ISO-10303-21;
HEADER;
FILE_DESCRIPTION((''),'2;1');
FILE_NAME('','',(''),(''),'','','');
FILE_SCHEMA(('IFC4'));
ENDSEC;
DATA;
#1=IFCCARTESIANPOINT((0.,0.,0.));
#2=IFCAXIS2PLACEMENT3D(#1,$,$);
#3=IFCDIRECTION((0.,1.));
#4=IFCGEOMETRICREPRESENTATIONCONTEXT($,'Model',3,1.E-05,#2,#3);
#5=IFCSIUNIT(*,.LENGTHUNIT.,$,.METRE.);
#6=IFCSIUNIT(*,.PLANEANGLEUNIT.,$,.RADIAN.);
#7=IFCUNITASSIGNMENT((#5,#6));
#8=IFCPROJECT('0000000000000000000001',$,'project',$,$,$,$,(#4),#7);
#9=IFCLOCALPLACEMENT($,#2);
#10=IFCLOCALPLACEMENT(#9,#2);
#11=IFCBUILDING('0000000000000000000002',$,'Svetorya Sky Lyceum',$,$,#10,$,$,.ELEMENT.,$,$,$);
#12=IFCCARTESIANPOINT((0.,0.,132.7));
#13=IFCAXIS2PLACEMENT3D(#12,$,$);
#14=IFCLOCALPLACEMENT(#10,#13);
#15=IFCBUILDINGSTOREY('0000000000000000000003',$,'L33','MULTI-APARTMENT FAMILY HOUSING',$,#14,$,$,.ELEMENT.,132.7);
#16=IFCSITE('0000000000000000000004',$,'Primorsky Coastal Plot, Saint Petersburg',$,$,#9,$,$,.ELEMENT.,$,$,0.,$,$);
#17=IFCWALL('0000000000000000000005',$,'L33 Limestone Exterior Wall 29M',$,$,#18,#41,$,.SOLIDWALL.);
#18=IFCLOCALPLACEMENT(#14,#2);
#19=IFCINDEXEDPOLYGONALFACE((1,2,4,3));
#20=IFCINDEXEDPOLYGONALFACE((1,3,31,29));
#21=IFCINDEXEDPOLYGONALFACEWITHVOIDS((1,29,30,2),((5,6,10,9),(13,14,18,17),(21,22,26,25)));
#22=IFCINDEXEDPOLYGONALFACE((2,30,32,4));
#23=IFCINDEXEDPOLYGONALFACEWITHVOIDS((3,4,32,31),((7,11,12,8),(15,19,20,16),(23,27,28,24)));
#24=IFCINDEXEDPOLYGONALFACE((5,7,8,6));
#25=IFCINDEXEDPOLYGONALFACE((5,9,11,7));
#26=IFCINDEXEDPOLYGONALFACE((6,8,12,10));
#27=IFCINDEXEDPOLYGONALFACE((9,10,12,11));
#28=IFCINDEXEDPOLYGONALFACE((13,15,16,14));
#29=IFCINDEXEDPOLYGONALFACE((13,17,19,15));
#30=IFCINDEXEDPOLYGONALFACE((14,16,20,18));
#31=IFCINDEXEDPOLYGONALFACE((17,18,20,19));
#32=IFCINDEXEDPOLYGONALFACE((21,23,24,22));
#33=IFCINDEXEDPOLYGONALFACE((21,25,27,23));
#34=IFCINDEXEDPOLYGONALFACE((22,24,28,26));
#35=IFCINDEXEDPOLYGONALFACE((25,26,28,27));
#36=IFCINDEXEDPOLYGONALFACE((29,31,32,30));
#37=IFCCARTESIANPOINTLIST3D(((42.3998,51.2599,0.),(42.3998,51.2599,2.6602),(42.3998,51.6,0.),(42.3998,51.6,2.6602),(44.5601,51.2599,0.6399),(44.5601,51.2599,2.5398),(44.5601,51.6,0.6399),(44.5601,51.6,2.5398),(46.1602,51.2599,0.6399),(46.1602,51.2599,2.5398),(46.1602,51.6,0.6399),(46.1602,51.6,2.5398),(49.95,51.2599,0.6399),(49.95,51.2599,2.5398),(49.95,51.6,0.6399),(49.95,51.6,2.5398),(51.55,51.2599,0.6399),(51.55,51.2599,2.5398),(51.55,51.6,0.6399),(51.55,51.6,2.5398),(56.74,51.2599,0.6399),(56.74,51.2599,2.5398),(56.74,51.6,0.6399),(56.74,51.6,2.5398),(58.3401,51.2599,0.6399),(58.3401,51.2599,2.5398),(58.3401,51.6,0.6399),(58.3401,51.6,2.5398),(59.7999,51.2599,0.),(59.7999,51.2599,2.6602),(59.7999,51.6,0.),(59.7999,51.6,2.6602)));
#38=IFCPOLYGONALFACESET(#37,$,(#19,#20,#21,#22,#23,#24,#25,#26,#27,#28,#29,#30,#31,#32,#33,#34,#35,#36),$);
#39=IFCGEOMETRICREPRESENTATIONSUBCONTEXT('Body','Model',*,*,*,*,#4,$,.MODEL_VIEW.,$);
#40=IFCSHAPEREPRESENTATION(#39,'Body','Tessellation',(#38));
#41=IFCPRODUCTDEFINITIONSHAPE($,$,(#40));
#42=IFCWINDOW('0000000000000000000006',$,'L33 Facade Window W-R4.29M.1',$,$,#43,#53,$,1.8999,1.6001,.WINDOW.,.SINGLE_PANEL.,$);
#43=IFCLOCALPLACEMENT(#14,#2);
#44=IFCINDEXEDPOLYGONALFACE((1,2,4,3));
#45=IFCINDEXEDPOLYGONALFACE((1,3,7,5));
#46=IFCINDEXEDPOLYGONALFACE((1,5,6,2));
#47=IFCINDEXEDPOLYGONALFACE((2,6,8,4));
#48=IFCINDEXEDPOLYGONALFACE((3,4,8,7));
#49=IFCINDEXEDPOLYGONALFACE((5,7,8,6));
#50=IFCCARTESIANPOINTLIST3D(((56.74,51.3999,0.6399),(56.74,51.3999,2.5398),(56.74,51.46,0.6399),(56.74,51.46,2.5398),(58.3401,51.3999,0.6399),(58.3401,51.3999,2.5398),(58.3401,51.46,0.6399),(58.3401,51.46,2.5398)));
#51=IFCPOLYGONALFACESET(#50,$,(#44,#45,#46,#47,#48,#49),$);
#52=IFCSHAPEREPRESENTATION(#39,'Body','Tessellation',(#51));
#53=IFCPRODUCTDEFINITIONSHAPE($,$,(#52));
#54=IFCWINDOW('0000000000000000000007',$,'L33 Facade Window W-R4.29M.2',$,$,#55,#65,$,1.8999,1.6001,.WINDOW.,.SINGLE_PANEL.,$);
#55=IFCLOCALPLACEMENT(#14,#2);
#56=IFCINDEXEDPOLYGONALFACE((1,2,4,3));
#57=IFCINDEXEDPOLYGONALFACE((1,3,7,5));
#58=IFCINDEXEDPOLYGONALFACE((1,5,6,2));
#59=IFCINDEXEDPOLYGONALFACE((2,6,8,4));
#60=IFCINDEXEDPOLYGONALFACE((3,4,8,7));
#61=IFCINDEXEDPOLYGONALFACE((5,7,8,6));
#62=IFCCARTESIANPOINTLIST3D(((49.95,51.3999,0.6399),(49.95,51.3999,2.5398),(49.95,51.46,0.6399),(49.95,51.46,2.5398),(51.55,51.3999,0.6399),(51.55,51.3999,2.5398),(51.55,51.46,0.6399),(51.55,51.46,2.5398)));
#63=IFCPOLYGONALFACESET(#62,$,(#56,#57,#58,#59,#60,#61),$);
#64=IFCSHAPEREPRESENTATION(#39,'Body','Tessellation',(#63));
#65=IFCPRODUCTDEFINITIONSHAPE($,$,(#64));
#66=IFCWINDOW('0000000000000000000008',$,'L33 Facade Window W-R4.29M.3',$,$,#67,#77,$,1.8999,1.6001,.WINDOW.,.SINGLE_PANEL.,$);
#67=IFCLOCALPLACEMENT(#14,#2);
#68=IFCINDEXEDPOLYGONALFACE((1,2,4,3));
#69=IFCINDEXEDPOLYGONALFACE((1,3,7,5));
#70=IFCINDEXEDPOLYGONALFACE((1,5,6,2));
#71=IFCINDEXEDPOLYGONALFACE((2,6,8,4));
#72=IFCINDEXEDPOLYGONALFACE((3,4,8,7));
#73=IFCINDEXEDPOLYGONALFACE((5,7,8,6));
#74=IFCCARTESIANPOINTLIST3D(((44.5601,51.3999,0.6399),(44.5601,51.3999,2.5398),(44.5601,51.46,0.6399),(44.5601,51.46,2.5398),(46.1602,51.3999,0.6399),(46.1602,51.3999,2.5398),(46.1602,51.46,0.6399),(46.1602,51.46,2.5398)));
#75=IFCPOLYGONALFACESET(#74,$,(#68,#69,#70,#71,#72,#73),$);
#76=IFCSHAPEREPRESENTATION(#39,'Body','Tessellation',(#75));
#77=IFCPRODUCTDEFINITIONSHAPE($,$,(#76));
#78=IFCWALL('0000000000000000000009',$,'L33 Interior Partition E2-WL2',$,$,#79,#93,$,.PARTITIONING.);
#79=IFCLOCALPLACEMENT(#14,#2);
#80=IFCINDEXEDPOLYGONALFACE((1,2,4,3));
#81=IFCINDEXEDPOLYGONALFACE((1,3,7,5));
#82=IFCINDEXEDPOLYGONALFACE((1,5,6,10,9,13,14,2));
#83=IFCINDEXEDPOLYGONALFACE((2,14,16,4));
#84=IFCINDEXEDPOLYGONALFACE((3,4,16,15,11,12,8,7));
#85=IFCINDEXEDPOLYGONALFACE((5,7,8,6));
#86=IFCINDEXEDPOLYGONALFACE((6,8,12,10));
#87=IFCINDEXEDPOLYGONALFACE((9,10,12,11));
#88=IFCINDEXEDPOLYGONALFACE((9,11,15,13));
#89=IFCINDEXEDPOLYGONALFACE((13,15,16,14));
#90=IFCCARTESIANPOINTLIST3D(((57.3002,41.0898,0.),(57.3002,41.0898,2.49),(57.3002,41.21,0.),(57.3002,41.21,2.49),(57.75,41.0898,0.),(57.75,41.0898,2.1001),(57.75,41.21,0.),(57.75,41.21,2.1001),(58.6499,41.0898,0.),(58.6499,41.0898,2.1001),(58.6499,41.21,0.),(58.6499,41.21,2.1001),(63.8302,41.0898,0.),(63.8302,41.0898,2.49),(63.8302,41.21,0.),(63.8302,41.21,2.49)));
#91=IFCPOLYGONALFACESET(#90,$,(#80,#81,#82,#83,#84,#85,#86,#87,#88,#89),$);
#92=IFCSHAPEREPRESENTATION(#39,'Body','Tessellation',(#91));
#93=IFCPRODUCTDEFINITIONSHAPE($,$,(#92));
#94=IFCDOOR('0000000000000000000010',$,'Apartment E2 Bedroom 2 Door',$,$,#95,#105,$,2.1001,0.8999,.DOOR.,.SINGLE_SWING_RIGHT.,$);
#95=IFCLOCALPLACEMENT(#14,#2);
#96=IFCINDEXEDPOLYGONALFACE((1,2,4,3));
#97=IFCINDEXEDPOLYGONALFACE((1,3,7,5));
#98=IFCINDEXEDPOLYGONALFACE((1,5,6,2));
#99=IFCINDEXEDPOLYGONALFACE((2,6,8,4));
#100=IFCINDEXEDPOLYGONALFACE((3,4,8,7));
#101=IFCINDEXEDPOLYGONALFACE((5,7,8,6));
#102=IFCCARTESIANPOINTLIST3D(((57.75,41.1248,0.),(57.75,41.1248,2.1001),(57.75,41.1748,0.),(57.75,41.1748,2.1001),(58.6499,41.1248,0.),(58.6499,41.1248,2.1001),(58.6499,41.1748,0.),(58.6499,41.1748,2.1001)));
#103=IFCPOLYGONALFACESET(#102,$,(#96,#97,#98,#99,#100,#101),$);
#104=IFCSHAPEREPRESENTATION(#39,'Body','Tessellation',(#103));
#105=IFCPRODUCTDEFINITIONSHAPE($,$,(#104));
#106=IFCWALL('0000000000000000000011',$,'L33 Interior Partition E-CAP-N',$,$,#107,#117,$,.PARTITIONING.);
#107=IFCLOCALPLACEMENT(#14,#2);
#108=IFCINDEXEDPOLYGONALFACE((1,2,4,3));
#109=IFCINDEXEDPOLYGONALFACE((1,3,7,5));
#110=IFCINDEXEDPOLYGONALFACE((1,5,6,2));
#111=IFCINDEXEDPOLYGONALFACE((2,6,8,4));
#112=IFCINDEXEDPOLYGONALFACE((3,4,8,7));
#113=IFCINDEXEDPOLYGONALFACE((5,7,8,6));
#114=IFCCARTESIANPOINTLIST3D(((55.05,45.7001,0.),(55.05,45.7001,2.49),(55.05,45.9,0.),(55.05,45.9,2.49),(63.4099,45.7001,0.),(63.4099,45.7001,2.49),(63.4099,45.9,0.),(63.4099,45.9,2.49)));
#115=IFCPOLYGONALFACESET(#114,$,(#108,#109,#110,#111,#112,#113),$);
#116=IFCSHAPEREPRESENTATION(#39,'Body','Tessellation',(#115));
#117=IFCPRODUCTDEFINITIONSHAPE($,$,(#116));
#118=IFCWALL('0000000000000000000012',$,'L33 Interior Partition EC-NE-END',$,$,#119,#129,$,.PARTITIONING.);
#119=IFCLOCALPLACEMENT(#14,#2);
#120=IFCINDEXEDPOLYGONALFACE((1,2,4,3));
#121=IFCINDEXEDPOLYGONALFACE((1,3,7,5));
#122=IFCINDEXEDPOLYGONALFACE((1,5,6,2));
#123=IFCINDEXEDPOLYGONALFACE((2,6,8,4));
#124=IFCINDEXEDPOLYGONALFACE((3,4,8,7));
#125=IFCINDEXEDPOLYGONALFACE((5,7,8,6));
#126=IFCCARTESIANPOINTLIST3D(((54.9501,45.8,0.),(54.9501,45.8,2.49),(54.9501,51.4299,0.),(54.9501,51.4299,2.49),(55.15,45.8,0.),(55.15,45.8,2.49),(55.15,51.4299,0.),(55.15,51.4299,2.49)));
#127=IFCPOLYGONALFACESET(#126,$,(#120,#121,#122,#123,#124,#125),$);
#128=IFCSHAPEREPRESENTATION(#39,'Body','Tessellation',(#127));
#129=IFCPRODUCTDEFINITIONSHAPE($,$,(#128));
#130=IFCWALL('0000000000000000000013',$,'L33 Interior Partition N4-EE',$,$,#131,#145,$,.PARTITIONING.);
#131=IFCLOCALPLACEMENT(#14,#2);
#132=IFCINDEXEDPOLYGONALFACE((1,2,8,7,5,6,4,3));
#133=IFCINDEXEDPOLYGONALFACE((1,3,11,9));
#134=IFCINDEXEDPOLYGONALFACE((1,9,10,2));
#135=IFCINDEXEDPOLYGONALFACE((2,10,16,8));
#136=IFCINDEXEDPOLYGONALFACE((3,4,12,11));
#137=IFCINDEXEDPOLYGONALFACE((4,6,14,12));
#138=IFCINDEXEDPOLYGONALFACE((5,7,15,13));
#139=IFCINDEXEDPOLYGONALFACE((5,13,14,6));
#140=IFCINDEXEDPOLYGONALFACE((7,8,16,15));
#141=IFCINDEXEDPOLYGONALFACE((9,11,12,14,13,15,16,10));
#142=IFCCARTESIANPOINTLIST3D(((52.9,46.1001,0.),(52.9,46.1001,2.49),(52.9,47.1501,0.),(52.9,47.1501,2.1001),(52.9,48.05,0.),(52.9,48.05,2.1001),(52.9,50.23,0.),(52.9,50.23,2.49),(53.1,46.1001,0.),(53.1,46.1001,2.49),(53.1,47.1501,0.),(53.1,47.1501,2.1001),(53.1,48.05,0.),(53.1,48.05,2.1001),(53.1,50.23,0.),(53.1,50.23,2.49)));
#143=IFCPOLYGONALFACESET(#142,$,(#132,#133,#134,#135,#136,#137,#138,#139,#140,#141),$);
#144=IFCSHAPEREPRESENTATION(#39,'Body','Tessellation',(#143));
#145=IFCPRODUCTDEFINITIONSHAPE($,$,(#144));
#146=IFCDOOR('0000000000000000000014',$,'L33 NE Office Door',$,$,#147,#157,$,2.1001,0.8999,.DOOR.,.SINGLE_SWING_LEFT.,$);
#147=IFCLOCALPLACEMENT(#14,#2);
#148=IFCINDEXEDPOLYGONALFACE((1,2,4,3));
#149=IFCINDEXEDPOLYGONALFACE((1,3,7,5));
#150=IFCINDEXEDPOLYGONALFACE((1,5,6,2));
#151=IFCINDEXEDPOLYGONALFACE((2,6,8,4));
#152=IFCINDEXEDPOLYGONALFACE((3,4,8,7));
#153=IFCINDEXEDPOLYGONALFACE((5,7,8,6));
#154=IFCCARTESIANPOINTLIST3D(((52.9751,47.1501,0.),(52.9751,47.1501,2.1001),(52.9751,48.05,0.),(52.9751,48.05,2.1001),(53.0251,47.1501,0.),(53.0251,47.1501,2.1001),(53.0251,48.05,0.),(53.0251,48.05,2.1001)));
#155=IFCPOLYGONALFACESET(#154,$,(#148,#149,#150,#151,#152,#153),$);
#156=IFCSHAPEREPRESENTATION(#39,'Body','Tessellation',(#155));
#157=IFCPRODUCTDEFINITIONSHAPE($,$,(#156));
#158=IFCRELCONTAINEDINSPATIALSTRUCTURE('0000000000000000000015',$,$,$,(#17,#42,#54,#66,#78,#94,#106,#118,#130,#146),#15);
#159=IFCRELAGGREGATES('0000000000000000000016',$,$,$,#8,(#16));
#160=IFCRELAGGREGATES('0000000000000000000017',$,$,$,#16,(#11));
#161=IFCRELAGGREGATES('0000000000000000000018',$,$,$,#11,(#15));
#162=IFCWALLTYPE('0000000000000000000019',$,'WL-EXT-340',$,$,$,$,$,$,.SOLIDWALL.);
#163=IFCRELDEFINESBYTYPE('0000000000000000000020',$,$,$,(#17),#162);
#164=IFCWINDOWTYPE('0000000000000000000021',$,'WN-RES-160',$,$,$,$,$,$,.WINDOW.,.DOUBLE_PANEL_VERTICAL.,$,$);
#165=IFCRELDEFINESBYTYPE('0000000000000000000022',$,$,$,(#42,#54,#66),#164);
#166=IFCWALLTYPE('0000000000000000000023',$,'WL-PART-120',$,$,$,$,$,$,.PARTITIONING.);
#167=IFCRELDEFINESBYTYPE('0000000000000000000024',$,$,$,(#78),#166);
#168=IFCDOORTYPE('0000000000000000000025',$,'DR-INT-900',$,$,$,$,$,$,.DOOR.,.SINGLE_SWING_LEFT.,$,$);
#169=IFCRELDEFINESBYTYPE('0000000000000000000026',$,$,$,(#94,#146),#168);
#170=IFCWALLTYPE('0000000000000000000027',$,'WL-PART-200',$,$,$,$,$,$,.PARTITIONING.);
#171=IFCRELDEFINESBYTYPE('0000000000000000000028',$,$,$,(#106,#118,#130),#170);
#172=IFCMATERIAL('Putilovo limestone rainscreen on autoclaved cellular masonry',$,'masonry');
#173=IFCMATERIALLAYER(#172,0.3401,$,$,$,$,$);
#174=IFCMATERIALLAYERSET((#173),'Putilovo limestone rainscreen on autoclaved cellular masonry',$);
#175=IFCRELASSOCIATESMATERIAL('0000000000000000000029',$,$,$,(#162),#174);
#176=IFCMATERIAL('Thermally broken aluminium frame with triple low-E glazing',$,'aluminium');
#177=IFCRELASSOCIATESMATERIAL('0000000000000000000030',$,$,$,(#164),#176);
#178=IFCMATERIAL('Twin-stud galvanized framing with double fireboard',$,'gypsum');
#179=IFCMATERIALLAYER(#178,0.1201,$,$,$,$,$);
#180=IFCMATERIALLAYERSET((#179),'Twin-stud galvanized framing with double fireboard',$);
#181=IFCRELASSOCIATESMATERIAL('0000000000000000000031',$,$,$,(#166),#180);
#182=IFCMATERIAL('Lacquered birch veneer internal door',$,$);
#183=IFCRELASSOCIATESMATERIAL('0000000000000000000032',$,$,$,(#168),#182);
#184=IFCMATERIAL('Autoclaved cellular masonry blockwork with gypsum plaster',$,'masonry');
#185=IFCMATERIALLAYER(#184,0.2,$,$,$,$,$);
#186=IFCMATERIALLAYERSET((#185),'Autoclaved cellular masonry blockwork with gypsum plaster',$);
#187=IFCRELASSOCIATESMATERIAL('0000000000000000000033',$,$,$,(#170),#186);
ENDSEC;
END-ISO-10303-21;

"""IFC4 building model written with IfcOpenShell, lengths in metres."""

from ifc_helpers import new_model, si_unit, direction, frame, frame_2d, origin, place, context, subcontext, project, spatial, rectangle, extrude, material, layer, layer_set, type_object, element, fill, save


model = new_model("IFC4")

# Units and contexts
model_context = context("Model", 3, precision=1e-05, world=origin(), true_north=direction((0.0, 1.0)))
body_context = subcontext(model_context, "Body", "Model", "MODEL_VIEW")
ifc_project = project(units=[si_unit("LENGTHUNIT", "METRE"), si_unit("PLANEANGLEUNIT", "RADIAN")], contexts=[model_context])

# Site, building, storey
site_placement = place(None, origin())
site = spatial("IfcSite", under=ifc_project, at=site_placement, Name="Primorsky Coastal Plot, Saint Petersburg", CompositionType="ELEMENT", RefElevation=0.0)
building_placement = place(site_placement, origin())
building = spatial("IfcBuilding", under=site, at=building_placement, Name="Svetorya Sky Lyceum", CompositionType="ELEMENT")
storey_placement = place(building_placement, frame((0.0, 0.0, 132.7)))
storey = spatial("IfcBuildingStorey", under=building, at=storey_placement, Name="L33", Description="MULTI-APARTMENT FAMILY HOUSING", CompositionType="ELEMENT", Elevation=132.7)

# Shared definitions
ifc_material_1 = material(Name="Putilovo limestone rainscreen on autoclaved cellular masonry", Category="masonry")
ifc_layer_1 = layer(ifc_material_1, 0.3401)
ifc_layer_set_1 = layer_set([ifc_layer_1], Name="Putilovo limestone rainscreen on autoclaved cellular masonry")
wall_type_1 = type_object("IfcWallType", Name="WL-EXT-340", PredefinedType="SOLIDWALL", material=ifc_layer_set_1)

# Wall, openings, windows
wall_1_placement = place(storey_placement, frame((59.8, 51.4299, 0.0), z_axis=(0.0, 0.0, 1.0), x_axis=(-1.0, 0.0, 0.0)))
wall_1 = element("IfcWall", 1, at=wall_1_placement, inside=storey, type_object=wall_type_1, Name="L33 Limestone Exterior Wall 29M", PredefinedType="SOLIDWALL", context=body_context, shape_type="SweptSolid", body=[
    extrude(rectangle(XDim=17.4001, YDim=0.3401, at=frame_2d((8.7002, 0.0))), origin(), (0.0, 0.0, 1.0), 2.6602),
])
opening_1_placement = place(wall_1_placement, frame((1.46, 0.0, 0.6399)))
opening_1 = element("IfcOpeningElement", 2, at=opening_1_placement, cuts=wall_1, PredefinedType="OPENING", context=body_context, shape_type="SweptSolid", body=[
    extrude(rectangle(XDim=1.6001, YDim=1.8999, at=frame_2d((0.8, 0.95))), frame((0.0, 0.1799, 0.0), z_axis=(0.0, -1.0, 0.0), x_axis=(1.0, 0.0, 0.0)), (0.0, 0.0, 1.0), 0.3601),
])
opening_2_placement = place(wall_1_placement, frame((8.25, 0.0, 0.6399)))
opening_2 = element("IfcOpeningElement", 3, at=opening_2_placement, cuts=wall_1, PredefinedType="OPENING", context=body_context, shape_type="SweptSolid", body=[
    extrude(rectangle(XDim=1.6001, YDim=1.8999, at=frame_2d((0.8, 0.95))), frame((0.0, 0.1799, 0.0), z_axis=(0.0, -1.0, 0.0), x_axis=(1.0, 0.0, 0.0)), (0.0, 0.0, 1.0), 0.3601),
])
opening_3_placement = place(wall_1_placement, frame((13.6399, 0.0, 0.6399)))
opening_3 = element("IfcOpeningElement", 4, at=opening_3_placement, cuts=wall_1, PredefinedType="OPENING", context=body_context, shape_type="SweptSolid", body=[
    extrude(rectangle(XDim=1.6001, YDim=1.8999, at=frame_2d((0.8, 0.95))), frame((0.0, 0.1799, 0.0), z_axis=(0.0, -1.0, 0.0), x_axis=(1.0, 0.0, 0.0)), (0.0, 0.0, 1.0), 0.3601),
])
ifc_material_2 = material(Name="Thermally broken aluminium frame with triple low-E glazing", Category="aluminium")
window_type = type_object("IfcWindowType", Name="WN-RES-160", PartitioningType="DOUBLE_PANEL_VERTICAL", PredefinedType="WINDOW", material=ifc_material_2)
window_1_placement = place(opening_1_placement, origin())
window_1 = element("IfcWindow", 5, at=window_1_placement, inside=storey, type_object=window_type, Name="L33 Facade Window W-R4.29M.1", OverallHeight=1.8999, OverallWidth=1.6001, PartitioningType="SINGLE_PANEL", PredefinedType="WINDOW", context=body_context, shape_type="SweptSolid", body=[
    extrude(rectangle(XDim=1.6001, YDim=1.8999, at=frame_2d((0.8, 0.95))), frame((0.0, 0.03, 0.0), z_axis=(0.0, -1.0, 0.0), x_axis=(1.0, 0.0, 0.0)), (0.0, 0.0, 1.0), 0.0601),
])
fill(opening_1, window_1)
window_2_placement = place(opening_2_placement, origin())
window_2 = element("IfcWindow", 6, at=window_2_placement, inside=storey, type_object=window_type, Name="L33 Facade Window W-R4.29M.2", OverallHeight=1.8999, OverallWidth=1.6001, PartitioningType="SINGLE_PANEL", PredefinedType="WINDOW", context=body_context, shape_type="SweptSolid", body=[
    extrude(rectangle(XDim=1.6001, YDim=1.8999, at=frame_2d((0.8, 0.95))), frame((0.0, 0.03, 0.0), z_axis=(0.0, -1.0, 0.0), x_axis=(1.0, 0.0, 0.0)), (0.0, 0.0, 1.0), 0.0601),
])
fill(opening_2, window_2)
window_3_placement = place(opening_3_placement, origin())
window_3 = element("IfcWindow", 7, at=window_3_placement, inside=storey, type_object=window_type, Name="L33 Facade Window W-R4.29M.3", OverallHeight=1.8999, OverallWidth=1.6001, PartitioningType="SINGLE_PANEL", PredefinedType="WINDOW", context=body_context, shape_type="SweptSolid", body=[
    extrude(rectangle(XDim=1.6001, YDim=1.8999, at=frame_2d((0.8, 0.95))), frame((0.0, 0.03, 0.0), z_axis=(0.0, -1.0, 0.0), x_axis=(1.0, 0.0, 0.0)), (0.0, 0.0, 1.0), 0.0601),
])
fill(opening_3, window_3)

# Wall, opening, door
ifc_material_3 = material(Name="Twin-stud galvanized framing with double fireboard", Category="gypsum")
ifc_layer_2 = layer(ifc_material_3, 0.1201)
ifc_layer_set_2 = layer_set([ifc_layer_2], Name="Twin-stud galvanized framing with double fireboard")
wall_type_2 = type_object("IfcWallType", Name="WL-PART-120", PredefinedType="PARTITIONING", material=ifc_layer_set_2)
wall_2_placement = place(storey_placement, frame((57.3, 41.1499, 0.0), z_axis=(0.0, 0.0, 1.0), x_axis=(1.0, 0.0, 0.0)))
wall_2 = element("IfcWall", 8, at=wall_2_placement, inside=storey, type_object=wall_type_2, Name="L33 Interior Partition E2-WL2", PredefinedType="PARTITIONING", context=body_context, shape_type="SweptSolid", body=[
    extrude(rectangle(XDim=6.53, YDim=0.1201, at=frame_2d((3.2651, 0.0))), origin(), (0.0, 0.0, 1.0), 2.49),
])
opening_4_placement = place(wall_2_placement, frame((0.45, 0.0, 0.0)))
opening_4 = element("IfcOpeningElement", 9, at=opening_4_placement, cuts=wall_2, PredefinedType="OPENING", context=body_context, shape_type="SweptSolid", body=[
    extrude(rectangle(XDim=0.8999, YDim=2.1001, at=frame_2d((0.45, 1.05))), frame((0.0, 0.0701, 0.0), z_axis=(0.0, -1.0, 0.0), x_axis=(1.0, 0.0, 0.0)), (0.0, 0.0, 1.0), 0.1401),
])
ifc_material_4 = material(Name="Lacquered birch veneer internal door")
door_type = type_object("IfcDoorType", Name="DR-INT-900", OperationType="SINGLE_SWING_LEFT", PredefinedType="DOOR", material=ifc_material_4)
door_1_placement = place(opening_4_placement, origin())
door_1 = element("IfcDoor", 10, at=door_1_placement, inside=storey, type_object=door_type, Name="Apartment E2 Bedroom 2 Door", OperationType="SINGLE_SWING_RIGHT", OverallHeight=2.1001, OverallWidth=0.8999, PredefinedType="DOOR", context=body_context, shape_type="SweptSolid", body=[
    extrude(rectangle(XDim=0.8999, YDim=2.1001, at=frame_2d((0.45, 1.05))), frame((0.0, 0.0249, 0.0), z_axis=(0.0, -1.0, 0.0), x_axis=(1.0, 0.0, 0.0)), (0.0, 0.0, 1.0), 0.05),
])
fill(opening_4, door_1)

# Walls
ifc_material_5 = material(Name="Autoclaved cellular masonry blockwork with gypsum plaster", Category="masonry")
ifc_layer_3 = layer(ifc_material_5, 0.2)
ifc_layer_set_3 = layer_set([ifc_layer_3], Name="Autoclaved cellular masonry blockwork with gypsum plaster")
wall_type_3 = type_object("IfcWallType", Name="WL-PART-200", PredefinedType="PARTITIONING", material=ifc_layer_set_3)
wall_3_placement = place(storey_placement, frame((55.05, 45.8, 0.0), z_axis=(0.0, 0.0, 1.0), x_axis=(1.0, 0.0, 0.0)))
element("IfcWall", 11, at=wall_3_placement, inside=storey, type_object=wall_type_3, Name="L33 Interior Partition E-CAP-N", PredefinedType="PARTITIONING", context=body_context, shape_type="SweptSolid", body=[
    extrude(rectangle(XDim=8.3599, YDim=0.2, at=frame_2d((4.1799, 0.0))), origin(), (0.0, 0.0, 1.0), 2.49),
])
wall_4_placement = place(storey_placement, frame((55.05, 45.8, 0.0), z_axis=(0.0, 0.0, 1.0), x_axis=(0.0, 1.0, 0.0)))
element("IfcWall", 12, at=wall_4_placement, inside=storey, type_object=wall_type_3, Name="L33 Interior Partition EC-NE-END", PredefinedType="PARTITIONING", context=body_context, shape_type="SweptSolid", body=[
    extrude(rectangle(XDim=5.6299, YDim=0.2, at=frame_2d((2.8149, 0.0))), origin(), (0.0, 0.0, 1.0), 2.49),
])

# Wall, opening, door
wall_5_placement = place(storey_placement, frame((53.0, 46.1001, 0.0), z_axis=(0.0, 0.0, 1.0), x_axis=(0.0, 1.0, 0.0)))
wall_5 = element("IfcWall", 13, at=wall_5_placement, inside=storey, type_object=wall_type_3, Name="L33 Interior Partition N4-EE", PredefinedType="PARTITIONING", context=body_context, shape_type="SweptSolid", body=[
    extrude(rectangle(XDim=4.1299, YDim=0.2, at=frame_2d((2.0649, 0.0))), origin(), (0.0, 0.0, 1.0), 2.49),
])
opening_5_placement = place(wall_5_placement, frame((1.05, 0.0, 0.0)))
opening_5 = element("IfcOpeningElement", 14, at=opening_5_placement, cuts=wall_5, PredefinedType="OPENING", context=body_context, shape_type="SweptSolid", body=[
    extrude(rectangle(XDim=0.8999, YDim=2.1001, at=frame_2d((0.45, 1.05))), frame((0.0, 0.1099, 0.0), z_axis=(0.0, -1.0, 0.0), x_axis=(1.0, 0.0, 0.0)), (0.0, 0.0, 1.0), 0.22),
])
door_2_placement = place(opening_5_placement, origin())
door_2 = element("IfcDoor", 15, at=door_2_placement, inside=storey, type_object=door_type, Name="L33 NE Office Door", OperationType="SINGLE_SWING_LEFT", OverallHeight=2.1001, OverallWidth=0.8999, PredefinedType="DOOR", context=body_context, shape_type="SweptSolid", body=[
    extrude(rectangle(XDim=0.8999, YDim=2.1001, at=frame_2d((0.45, 1.05))), frame((0.0, 0.0249, 0.0), z_axis=(0.0, -1.0, 0.0), x_axis=(1.0, 0.0, 0.0)), (0.0, 0.0, 1.0), 0.05),
])
fill(opening_5, door_2)

save(model, "model.ifc")
